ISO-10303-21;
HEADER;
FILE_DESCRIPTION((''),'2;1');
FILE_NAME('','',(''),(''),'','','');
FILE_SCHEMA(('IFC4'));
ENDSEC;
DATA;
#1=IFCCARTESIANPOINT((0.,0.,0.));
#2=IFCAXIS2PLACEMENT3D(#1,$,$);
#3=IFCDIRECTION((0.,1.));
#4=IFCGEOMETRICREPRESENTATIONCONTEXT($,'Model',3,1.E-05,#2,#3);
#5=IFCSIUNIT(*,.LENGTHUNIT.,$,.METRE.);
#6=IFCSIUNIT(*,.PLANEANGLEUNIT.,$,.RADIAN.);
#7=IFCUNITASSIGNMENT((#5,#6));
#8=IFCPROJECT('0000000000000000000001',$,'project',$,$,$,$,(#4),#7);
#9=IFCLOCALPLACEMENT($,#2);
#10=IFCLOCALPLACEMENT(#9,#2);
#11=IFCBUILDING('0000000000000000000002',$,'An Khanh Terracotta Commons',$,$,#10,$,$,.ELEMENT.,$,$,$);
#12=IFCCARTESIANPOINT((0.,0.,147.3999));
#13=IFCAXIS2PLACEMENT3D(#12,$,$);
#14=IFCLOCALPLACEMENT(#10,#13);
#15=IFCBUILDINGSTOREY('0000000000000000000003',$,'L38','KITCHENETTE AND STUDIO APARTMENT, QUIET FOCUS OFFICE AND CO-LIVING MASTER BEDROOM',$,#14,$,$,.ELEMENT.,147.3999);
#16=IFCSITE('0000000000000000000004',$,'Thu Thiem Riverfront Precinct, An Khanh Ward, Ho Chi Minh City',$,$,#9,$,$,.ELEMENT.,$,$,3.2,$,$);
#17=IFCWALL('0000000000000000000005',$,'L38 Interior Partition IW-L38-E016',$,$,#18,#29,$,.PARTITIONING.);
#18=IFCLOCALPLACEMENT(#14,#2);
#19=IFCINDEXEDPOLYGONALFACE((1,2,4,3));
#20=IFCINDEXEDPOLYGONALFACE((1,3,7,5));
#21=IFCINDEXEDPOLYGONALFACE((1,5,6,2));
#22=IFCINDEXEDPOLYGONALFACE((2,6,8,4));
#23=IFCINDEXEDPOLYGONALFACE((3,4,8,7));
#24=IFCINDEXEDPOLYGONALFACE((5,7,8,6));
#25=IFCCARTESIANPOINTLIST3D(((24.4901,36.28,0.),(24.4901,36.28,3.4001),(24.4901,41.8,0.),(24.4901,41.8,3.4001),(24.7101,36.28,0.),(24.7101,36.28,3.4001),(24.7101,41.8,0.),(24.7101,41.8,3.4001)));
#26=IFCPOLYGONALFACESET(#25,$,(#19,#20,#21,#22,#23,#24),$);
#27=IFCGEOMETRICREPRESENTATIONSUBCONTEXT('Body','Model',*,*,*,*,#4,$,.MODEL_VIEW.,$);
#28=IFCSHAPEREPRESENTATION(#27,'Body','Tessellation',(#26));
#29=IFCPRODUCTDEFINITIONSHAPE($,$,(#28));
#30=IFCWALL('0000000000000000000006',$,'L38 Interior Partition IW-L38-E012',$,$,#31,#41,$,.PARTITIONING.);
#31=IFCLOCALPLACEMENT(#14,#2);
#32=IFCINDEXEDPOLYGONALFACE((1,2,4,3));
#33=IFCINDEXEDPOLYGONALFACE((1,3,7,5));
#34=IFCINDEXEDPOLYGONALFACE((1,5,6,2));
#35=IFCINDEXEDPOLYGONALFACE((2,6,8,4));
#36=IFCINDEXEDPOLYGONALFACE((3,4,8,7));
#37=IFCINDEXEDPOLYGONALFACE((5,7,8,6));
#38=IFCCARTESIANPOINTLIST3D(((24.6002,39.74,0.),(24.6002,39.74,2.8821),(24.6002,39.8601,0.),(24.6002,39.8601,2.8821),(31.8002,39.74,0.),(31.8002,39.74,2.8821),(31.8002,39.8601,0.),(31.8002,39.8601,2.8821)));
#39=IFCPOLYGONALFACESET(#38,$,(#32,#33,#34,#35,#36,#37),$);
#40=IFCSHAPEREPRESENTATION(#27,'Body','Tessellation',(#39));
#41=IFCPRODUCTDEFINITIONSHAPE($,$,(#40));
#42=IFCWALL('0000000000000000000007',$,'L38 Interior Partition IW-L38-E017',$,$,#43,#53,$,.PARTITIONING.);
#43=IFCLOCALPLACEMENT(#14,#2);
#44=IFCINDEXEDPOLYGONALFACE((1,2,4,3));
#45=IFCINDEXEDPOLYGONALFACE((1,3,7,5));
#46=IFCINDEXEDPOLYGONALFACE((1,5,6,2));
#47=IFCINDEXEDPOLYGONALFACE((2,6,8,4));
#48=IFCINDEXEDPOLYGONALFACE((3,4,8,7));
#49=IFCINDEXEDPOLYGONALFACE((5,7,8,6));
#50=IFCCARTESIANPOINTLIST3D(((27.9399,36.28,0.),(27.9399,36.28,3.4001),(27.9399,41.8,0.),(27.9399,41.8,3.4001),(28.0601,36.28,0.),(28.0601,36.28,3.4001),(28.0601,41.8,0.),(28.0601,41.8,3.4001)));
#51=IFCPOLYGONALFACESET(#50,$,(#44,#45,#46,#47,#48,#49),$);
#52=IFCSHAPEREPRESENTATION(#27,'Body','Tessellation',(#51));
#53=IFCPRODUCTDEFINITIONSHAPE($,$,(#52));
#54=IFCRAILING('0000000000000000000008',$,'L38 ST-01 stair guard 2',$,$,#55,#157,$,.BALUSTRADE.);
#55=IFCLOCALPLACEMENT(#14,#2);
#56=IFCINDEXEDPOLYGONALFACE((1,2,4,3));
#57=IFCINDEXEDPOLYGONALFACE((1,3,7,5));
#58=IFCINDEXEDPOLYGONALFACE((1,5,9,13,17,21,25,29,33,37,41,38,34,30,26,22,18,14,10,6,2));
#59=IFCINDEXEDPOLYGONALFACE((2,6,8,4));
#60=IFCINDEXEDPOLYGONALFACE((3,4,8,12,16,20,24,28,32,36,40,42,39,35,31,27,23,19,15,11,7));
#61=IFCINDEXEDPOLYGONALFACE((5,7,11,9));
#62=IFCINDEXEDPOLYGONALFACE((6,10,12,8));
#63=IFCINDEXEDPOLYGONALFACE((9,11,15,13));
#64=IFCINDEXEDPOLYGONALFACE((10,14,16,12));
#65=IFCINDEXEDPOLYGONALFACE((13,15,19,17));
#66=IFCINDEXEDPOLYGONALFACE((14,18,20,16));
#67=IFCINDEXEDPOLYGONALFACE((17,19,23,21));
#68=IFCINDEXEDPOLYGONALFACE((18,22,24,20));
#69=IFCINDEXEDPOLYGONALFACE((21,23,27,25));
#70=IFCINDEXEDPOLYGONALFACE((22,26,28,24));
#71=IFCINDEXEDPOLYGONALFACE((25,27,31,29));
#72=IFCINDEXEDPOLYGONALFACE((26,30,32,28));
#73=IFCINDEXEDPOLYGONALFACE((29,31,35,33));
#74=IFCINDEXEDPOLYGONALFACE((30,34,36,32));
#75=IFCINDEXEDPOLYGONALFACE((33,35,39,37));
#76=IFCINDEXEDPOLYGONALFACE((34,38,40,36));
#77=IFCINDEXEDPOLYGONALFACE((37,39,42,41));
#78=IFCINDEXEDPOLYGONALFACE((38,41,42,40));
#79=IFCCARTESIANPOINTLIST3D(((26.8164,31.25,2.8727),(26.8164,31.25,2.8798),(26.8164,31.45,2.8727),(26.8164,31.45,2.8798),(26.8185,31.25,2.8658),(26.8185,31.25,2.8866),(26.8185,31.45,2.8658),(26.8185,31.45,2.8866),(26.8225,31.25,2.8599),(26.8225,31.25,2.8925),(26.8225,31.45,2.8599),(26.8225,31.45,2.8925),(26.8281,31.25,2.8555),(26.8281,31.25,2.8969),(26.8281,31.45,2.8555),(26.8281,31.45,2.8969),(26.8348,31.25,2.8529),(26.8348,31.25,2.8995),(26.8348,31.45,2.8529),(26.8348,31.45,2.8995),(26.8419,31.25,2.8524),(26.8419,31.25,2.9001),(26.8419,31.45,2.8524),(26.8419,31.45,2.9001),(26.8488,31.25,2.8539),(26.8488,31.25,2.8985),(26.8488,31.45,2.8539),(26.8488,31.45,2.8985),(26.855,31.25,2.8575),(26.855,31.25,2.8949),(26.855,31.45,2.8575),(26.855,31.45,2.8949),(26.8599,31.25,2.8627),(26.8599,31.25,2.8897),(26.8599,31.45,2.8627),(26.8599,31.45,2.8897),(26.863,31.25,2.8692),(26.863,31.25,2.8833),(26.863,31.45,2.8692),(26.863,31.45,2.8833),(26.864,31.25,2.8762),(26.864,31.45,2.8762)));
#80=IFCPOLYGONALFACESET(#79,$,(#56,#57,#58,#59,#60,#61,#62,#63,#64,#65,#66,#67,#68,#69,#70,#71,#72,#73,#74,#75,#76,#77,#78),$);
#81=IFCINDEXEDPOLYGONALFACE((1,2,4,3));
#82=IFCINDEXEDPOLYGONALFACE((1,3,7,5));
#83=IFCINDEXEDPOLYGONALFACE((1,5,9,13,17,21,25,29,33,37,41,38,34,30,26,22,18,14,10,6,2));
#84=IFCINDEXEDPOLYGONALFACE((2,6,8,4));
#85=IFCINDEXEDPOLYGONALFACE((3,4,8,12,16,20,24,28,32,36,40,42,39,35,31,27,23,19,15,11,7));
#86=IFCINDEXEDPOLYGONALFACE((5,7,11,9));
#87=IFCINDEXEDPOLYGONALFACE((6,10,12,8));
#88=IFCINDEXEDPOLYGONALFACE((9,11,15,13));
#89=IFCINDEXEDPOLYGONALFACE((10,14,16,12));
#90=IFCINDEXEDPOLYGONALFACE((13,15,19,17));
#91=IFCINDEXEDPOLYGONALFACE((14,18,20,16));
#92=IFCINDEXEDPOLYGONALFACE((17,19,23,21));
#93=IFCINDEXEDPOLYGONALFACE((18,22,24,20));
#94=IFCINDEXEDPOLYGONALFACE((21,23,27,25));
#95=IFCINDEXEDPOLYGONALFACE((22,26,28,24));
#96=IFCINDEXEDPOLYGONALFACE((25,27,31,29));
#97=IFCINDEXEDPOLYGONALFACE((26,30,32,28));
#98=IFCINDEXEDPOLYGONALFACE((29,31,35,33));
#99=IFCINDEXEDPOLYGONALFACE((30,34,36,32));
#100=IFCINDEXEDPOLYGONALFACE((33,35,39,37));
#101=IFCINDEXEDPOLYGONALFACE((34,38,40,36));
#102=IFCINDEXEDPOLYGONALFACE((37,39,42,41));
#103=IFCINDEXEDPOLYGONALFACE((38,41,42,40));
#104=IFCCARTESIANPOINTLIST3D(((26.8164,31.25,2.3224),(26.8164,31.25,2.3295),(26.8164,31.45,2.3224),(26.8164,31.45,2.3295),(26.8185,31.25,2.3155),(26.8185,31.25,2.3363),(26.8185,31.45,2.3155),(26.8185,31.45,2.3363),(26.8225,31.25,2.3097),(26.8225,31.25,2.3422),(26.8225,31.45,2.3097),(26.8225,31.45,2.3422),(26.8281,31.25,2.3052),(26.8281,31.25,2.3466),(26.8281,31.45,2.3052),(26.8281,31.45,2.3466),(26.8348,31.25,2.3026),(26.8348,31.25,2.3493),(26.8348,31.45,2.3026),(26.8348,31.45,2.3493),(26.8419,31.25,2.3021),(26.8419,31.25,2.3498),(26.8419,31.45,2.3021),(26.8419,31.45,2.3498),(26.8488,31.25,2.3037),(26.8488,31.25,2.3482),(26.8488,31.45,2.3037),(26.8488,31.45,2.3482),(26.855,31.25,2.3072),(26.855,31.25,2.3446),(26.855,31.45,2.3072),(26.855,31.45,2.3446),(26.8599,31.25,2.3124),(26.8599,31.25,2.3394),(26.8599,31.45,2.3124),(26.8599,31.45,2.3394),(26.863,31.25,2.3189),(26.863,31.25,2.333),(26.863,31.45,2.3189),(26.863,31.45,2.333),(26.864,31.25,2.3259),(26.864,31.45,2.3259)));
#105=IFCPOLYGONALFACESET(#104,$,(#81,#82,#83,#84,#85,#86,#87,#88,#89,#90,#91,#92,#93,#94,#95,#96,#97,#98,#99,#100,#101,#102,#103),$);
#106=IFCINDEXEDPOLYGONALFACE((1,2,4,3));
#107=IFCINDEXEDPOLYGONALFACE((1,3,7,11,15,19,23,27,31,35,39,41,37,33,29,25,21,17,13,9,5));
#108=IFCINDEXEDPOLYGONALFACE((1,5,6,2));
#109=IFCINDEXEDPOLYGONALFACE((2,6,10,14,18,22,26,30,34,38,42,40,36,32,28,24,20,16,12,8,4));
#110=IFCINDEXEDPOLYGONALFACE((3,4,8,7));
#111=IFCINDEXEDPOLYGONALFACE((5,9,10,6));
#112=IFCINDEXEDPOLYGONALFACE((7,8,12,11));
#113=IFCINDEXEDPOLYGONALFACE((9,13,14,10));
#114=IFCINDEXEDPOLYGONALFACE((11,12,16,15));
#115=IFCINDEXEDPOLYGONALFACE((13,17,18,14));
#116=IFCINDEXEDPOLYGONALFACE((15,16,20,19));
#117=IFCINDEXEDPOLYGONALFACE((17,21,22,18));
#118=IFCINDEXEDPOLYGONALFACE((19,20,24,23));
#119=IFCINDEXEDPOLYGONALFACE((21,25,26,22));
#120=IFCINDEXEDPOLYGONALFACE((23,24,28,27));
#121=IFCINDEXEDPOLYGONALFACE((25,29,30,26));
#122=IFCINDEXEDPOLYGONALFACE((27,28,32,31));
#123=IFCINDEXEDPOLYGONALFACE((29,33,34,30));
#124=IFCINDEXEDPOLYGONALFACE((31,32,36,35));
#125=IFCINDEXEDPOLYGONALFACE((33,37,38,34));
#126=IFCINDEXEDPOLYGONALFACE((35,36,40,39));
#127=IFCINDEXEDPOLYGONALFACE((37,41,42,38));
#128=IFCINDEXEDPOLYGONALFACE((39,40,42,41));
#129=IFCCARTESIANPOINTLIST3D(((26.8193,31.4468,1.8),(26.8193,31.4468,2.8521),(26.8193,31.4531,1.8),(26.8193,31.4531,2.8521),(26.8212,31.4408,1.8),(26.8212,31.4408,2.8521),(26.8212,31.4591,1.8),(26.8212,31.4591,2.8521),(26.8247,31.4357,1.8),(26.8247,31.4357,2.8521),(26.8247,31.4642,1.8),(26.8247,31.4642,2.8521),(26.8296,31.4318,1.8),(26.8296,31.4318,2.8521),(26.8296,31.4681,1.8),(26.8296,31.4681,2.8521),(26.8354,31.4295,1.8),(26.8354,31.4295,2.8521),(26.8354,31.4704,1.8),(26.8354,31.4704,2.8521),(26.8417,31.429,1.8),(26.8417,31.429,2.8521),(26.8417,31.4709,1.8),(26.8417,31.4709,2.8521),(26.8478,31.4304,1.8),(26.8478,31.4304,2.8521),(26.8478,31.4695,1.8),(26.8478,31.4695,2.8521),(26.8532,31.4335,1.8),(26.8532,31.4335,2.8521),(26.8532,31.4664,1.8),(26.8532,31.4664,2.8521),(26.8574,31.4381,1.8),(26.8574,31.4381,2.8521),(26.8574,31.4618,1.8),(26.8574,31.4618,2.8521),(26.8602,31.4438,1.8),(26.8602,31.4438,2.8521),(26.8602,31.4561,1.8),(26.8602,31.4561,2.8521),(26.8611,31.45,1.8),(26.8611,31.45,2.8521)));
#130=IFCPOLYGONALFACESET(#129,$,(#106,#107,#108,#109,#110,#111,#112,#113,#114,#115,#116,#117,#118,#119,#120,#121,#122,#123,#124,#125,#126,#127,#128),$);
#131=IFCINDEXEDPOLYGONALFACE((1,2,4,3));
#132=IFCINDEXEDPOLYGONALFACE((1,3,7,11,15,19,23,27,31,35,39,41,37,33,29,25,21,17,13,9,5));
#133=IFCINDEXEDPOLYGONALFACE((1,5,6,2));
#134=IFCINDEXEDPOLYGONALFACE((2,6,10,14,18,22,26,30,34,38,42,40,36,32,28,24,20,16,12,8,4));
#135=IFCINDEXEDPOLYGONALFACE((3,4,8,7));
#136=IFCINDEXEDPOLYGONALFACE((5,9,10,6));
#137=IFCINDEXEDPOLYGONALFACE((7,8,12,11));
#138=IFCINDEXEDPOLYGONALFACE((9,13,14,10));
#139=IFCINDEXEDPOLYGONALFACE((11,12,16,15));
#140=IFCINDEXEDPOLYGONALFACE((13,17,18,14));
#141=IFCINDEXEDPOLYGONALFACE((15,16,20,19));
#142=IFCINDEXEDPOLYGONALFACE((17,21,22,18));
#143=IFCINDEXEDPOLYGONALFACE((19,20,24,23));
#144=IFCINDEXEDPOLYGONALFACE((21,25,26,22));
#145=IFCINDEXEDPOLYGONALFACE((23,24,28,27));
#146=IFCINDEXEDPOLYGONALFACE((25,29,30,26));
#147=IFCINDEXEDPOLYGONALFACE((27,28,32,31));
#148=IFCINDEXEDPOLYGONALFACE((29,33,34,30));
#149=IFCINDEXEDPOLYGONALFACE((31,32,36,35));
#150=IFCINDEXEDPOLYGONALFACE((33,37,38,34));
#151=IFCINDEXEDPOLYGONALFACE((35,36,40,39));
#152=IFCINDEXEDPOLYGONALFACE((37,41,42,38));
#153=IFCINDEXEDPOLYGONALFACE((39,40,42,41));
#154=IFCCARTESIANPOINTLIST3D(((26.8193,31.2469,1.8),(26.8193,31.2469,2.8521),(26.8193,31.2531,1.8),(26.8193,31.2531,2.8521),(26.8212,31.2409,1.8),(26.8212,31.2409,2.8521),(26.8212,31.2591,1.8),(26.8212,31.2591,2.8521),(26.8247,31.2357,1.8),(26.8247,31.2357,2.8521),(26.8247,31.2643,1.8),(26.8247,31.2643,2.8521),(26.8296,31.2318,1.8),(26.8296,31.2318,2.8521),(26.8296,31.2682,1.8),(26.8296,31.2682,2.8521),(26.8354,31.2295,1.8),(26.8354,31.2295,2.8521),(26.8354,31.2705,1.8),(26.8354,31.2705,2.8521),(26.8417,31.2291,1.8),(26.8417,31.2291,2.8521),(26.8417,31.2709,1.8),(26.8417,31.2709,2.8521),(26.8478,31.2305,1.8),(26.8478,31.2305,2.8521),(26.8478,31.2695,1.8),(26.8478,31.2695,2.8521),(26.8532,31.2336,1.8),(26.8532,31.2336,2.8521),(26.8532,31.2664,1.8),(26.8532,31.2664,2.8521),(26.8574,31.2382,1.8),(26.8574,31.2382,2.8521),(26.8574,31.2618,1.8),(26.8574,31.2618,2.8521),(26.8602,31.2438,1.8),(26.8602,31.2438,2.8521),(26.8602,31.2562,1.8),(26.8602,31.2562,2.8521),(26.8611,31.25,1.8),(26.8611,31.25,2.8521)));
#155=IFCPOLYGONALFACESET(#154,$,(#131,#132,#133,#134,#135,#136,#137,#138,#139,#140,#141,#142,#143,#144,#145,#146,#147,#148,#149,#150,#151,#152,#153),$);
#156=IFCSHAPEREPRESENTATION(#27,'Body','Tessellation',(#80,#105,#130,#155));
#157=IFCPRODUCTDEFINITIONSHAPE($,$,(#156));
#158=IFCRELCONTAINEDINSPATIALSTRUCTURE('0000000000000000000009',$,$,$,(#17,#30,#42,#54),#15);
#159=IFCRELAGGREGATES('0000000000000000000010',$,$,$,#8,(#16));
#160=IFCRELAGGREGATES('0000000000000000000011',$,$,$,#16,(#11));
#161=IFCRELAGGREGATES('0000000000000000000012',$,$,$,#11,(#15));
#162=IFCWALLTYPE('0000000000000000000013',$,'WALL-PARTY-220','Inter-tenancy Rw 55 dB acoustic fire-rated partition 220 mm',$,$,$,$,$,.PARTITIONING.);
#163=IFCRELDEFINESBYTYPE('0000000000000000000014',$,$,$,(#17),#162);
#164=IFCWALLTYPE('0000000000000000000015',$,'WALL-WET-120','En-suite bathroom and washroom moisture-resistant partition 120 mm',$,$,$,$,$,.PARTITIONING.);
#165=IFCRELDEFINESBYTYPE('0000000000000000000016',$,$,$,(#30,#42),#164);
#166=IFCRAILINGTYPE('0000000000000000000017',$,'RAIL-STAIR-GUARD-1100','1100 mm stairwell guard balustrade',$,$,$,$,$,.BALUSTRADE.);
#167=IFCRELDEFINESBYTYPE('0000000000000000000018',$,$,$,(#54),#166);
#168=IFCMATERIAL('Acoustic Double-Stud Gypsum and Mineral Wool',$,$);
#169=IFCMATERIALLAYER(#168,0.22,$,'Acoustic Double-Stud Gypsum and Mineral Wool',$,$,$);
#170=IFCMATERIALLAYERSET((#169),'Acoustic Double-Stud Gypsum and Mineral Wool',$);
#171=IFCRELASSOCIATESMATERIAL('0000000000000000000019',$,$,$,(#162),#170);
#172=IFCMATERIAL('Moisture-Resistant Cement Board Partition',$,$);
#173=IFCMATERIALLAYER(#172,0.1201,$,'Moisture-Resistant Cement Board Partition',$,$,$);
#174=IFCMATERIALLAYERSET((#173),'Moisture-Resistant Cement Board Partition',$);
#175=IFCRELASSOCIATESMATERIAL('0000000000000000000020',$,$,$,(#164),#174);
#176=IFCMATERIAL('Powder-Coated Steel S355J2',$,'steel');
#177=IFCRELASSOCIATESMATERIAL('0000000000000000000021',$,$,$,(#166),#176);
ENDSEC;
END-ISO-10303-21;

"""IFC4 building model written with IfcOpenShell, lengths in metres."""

from ifc_helpers import new_model, si_unit, direction, frame, frame_2d, origin, origin_2d, place, context, subcontext, project, spatial, rectangle, circle, extrude, material, layer, layer_set, type_object, element, save


model = new_model("IFC4")

# Units and contexts
model_context = context("Model", 3, precision=1e-05, world=origin(), true_north=direction((0.0, 1.0)))
body_context = subcontext(model_context, "Body", "Model", "MODEL_VIEW")
ifc_project = project(units=[si_unit("LENGTHUNIT", "METRE"), si_unit("PLANEANGLEUNIT", "RADIAN")], contexts=[model_context])

# Site, building, storey
site_placement = place(None, origin())
site = spatial("IfcSite", under=ifc_project, at=site_placement, Name="Thu Thiem Riverfront Precinct, An Khanh Ward, Ho Chi Minh City", CompositionType="ELEMENT", RefElevation=3.2)
building_placement = place(site_placement, origin())
building = spatial("IfcBuilding", under=site, at=building_placement, Name="An Khanh Terracotta Commons", CompositionType="ELEMENT")
storey_placement = place(building_placement, frame((0.0, 0.0, 147.3999)))
storey = spatial("IfcBuildingStorey", under=building, at=storey_placement, Name="L38", Description="KITCHENETTE AND STUDIO APARTMENT, QUIET FOCUS OFFICE AND CO-LIVING MASTER BEDROOM", CompositionType="ELEMENT", Elevation=147.3999)

# Shared definitions
ifc_material_1 = material(Name="Acoustic Double-Stud Gypsum and Mineral Wool")
ifc_layer_1 = layer(ifc_material_1, 0.22, Name="Acoustic Double-Stud Gypsum and Mineral Wool")
ifc_layer_set_1 = layer_set([ifc_layer_1], Name="Acoustic Double-Stud Gypsum and Mineral Wool")
wall_type_1 = type_object("IfcWallType", Name="WALL-PARTY-220", Description="Inter-tenancy Rw 55 dB acoustic fire-rated partition 220 mm", PredefinedType="PARTITIONING", material=ifc_layer_set_1)

# Walls
wall_1_placement = place(storey_placement, frame((24.6001, 36.28, 0.0), z_axis=(0.0, 0.0, 1.0), x_axis=(0.0, 1.0, 0.0)))
element("IfcWall", 1, at=wall_1_placement, inside=storey, type_object=wall_type_1, Name="L38 Interior Partition IW-L38-E016", PredefinedType="PARTITIONING", context=body_context, shape_type="SweptSolid", body=[
    extrude(rectangle(XDim=5.52, YDim=0.22, at=frame_2d((2.76, 0.0))), origin(), (0.0, 0.0, 1.0), 3.4001),
])
ifc_material_2 = material(Name="Moisture-Resistant Cement Board Partition")
ifc_layer_2 = layer(ifc_material_2, 0.1201, Name="Moisture-Resistant Cement Board Partition")
ifc_layer_set_2 = layer_set([ifc_layer_2], Name="Moisture-Resistant Cement Board Partition")
wall_type_2 = type_object("IfcWallType", Name="WALL-WET-120", Description="En-suite bathroom and washroom moisture-resistant partition 120 mm", PredefinedType="PARTITIONING", material=ifc_layer_set_2)
wall_2_placement = place(storey_placement, frame((24.6001, 39.8, 0.0), z_axis=(0.0, 0.0, 1.0), x_axis=(1.0, 0.0, 0.0)))
element("IfcWall", 2, at=wall_2_placement, inside=storey, type_object=wall_type_2, Name="L38 Interior Partition IW-L38-E012", PredefinedType="PARTITIONING", context=body_context, shape_type="SweptSolid", body=[
    extrude(rectangle(XDim=7.2, YDim=0.1201, at=frame_2d((3.6001, 0.0))), origin(), (0.0, 0.0, 1.0), 2.8821),
])
wall_3_placement = place(storey_placement, frame((28.0, 36.28, 0.0), z_axis=(0.0, 0.0, 1.0), x_axis=(0.0, 1.0, 0.0)))
element("IfcWall", 3, at=wall_3_placement, inside=storey, type_object=wall_type_2, Name="L38 Interior Partition IW-L38-E017", PredefinedType="PARTITIONING", context=body_context, shape_type="SweptSolid", body=[
    extrude(rectangle(XDim=5.52, YDim=0.1201, at=frame_2d((2.76, 0.0))), origin(), (0.0, 0.0, 1.0), 3.4001),
])

# Railing
ifc_material_3 = material(Name="Powder-Coated Steel S355J2", Category="steel")
railing_type = type_object("IfcRailingType", Name="RAIL-STAIR-GUARD-1100", Description="1100 mm stairwell guard balustrade", PredefinedType="BALUSTRADE", material=ifc_material_3)
railing_placement = place(storey_placement, frame((26.8401, 31.45, 1.8)))
element("IfcRailing", 4, at=railing_placement, inside=storey, type_object=railing_type, Name="L38 ST-01 stair guard 2", PredefinedType="BALUSTRADE", context=body_context, shape_type="SweptSolid", body=[
    extrude(circle(Radius=0.0239, at=origin_2d()), frame((0.0, 0.0, 1.0762), z_axis=(0.0, -1.0, 0.0), x_axis=(1.0, 0.0, 0.0)), (0.0, 0.0, 1.0), 0.2),
    extrude(circle(Radius=0.0239, at=origin_2d()), frame((0.0, 0.0, 0.5259), z_axis=(0.0, -1.0, 0.0), x_axis=(1.0, 0.0, 0.0)), (0.0, 0.0, 1.0), 0.2),
    extrude(circle(Radius=0.021, at=origin_2d()), origin(), (0.0, 0.0, 1.0), 1.052),
    extrude(circle(Radius=0.021, at=origin_2d()), frame((0.0, -0.2, 0.0)), (0.0, 0.0, 1.0), 1.052),
])

save(model, "model.ifc")
